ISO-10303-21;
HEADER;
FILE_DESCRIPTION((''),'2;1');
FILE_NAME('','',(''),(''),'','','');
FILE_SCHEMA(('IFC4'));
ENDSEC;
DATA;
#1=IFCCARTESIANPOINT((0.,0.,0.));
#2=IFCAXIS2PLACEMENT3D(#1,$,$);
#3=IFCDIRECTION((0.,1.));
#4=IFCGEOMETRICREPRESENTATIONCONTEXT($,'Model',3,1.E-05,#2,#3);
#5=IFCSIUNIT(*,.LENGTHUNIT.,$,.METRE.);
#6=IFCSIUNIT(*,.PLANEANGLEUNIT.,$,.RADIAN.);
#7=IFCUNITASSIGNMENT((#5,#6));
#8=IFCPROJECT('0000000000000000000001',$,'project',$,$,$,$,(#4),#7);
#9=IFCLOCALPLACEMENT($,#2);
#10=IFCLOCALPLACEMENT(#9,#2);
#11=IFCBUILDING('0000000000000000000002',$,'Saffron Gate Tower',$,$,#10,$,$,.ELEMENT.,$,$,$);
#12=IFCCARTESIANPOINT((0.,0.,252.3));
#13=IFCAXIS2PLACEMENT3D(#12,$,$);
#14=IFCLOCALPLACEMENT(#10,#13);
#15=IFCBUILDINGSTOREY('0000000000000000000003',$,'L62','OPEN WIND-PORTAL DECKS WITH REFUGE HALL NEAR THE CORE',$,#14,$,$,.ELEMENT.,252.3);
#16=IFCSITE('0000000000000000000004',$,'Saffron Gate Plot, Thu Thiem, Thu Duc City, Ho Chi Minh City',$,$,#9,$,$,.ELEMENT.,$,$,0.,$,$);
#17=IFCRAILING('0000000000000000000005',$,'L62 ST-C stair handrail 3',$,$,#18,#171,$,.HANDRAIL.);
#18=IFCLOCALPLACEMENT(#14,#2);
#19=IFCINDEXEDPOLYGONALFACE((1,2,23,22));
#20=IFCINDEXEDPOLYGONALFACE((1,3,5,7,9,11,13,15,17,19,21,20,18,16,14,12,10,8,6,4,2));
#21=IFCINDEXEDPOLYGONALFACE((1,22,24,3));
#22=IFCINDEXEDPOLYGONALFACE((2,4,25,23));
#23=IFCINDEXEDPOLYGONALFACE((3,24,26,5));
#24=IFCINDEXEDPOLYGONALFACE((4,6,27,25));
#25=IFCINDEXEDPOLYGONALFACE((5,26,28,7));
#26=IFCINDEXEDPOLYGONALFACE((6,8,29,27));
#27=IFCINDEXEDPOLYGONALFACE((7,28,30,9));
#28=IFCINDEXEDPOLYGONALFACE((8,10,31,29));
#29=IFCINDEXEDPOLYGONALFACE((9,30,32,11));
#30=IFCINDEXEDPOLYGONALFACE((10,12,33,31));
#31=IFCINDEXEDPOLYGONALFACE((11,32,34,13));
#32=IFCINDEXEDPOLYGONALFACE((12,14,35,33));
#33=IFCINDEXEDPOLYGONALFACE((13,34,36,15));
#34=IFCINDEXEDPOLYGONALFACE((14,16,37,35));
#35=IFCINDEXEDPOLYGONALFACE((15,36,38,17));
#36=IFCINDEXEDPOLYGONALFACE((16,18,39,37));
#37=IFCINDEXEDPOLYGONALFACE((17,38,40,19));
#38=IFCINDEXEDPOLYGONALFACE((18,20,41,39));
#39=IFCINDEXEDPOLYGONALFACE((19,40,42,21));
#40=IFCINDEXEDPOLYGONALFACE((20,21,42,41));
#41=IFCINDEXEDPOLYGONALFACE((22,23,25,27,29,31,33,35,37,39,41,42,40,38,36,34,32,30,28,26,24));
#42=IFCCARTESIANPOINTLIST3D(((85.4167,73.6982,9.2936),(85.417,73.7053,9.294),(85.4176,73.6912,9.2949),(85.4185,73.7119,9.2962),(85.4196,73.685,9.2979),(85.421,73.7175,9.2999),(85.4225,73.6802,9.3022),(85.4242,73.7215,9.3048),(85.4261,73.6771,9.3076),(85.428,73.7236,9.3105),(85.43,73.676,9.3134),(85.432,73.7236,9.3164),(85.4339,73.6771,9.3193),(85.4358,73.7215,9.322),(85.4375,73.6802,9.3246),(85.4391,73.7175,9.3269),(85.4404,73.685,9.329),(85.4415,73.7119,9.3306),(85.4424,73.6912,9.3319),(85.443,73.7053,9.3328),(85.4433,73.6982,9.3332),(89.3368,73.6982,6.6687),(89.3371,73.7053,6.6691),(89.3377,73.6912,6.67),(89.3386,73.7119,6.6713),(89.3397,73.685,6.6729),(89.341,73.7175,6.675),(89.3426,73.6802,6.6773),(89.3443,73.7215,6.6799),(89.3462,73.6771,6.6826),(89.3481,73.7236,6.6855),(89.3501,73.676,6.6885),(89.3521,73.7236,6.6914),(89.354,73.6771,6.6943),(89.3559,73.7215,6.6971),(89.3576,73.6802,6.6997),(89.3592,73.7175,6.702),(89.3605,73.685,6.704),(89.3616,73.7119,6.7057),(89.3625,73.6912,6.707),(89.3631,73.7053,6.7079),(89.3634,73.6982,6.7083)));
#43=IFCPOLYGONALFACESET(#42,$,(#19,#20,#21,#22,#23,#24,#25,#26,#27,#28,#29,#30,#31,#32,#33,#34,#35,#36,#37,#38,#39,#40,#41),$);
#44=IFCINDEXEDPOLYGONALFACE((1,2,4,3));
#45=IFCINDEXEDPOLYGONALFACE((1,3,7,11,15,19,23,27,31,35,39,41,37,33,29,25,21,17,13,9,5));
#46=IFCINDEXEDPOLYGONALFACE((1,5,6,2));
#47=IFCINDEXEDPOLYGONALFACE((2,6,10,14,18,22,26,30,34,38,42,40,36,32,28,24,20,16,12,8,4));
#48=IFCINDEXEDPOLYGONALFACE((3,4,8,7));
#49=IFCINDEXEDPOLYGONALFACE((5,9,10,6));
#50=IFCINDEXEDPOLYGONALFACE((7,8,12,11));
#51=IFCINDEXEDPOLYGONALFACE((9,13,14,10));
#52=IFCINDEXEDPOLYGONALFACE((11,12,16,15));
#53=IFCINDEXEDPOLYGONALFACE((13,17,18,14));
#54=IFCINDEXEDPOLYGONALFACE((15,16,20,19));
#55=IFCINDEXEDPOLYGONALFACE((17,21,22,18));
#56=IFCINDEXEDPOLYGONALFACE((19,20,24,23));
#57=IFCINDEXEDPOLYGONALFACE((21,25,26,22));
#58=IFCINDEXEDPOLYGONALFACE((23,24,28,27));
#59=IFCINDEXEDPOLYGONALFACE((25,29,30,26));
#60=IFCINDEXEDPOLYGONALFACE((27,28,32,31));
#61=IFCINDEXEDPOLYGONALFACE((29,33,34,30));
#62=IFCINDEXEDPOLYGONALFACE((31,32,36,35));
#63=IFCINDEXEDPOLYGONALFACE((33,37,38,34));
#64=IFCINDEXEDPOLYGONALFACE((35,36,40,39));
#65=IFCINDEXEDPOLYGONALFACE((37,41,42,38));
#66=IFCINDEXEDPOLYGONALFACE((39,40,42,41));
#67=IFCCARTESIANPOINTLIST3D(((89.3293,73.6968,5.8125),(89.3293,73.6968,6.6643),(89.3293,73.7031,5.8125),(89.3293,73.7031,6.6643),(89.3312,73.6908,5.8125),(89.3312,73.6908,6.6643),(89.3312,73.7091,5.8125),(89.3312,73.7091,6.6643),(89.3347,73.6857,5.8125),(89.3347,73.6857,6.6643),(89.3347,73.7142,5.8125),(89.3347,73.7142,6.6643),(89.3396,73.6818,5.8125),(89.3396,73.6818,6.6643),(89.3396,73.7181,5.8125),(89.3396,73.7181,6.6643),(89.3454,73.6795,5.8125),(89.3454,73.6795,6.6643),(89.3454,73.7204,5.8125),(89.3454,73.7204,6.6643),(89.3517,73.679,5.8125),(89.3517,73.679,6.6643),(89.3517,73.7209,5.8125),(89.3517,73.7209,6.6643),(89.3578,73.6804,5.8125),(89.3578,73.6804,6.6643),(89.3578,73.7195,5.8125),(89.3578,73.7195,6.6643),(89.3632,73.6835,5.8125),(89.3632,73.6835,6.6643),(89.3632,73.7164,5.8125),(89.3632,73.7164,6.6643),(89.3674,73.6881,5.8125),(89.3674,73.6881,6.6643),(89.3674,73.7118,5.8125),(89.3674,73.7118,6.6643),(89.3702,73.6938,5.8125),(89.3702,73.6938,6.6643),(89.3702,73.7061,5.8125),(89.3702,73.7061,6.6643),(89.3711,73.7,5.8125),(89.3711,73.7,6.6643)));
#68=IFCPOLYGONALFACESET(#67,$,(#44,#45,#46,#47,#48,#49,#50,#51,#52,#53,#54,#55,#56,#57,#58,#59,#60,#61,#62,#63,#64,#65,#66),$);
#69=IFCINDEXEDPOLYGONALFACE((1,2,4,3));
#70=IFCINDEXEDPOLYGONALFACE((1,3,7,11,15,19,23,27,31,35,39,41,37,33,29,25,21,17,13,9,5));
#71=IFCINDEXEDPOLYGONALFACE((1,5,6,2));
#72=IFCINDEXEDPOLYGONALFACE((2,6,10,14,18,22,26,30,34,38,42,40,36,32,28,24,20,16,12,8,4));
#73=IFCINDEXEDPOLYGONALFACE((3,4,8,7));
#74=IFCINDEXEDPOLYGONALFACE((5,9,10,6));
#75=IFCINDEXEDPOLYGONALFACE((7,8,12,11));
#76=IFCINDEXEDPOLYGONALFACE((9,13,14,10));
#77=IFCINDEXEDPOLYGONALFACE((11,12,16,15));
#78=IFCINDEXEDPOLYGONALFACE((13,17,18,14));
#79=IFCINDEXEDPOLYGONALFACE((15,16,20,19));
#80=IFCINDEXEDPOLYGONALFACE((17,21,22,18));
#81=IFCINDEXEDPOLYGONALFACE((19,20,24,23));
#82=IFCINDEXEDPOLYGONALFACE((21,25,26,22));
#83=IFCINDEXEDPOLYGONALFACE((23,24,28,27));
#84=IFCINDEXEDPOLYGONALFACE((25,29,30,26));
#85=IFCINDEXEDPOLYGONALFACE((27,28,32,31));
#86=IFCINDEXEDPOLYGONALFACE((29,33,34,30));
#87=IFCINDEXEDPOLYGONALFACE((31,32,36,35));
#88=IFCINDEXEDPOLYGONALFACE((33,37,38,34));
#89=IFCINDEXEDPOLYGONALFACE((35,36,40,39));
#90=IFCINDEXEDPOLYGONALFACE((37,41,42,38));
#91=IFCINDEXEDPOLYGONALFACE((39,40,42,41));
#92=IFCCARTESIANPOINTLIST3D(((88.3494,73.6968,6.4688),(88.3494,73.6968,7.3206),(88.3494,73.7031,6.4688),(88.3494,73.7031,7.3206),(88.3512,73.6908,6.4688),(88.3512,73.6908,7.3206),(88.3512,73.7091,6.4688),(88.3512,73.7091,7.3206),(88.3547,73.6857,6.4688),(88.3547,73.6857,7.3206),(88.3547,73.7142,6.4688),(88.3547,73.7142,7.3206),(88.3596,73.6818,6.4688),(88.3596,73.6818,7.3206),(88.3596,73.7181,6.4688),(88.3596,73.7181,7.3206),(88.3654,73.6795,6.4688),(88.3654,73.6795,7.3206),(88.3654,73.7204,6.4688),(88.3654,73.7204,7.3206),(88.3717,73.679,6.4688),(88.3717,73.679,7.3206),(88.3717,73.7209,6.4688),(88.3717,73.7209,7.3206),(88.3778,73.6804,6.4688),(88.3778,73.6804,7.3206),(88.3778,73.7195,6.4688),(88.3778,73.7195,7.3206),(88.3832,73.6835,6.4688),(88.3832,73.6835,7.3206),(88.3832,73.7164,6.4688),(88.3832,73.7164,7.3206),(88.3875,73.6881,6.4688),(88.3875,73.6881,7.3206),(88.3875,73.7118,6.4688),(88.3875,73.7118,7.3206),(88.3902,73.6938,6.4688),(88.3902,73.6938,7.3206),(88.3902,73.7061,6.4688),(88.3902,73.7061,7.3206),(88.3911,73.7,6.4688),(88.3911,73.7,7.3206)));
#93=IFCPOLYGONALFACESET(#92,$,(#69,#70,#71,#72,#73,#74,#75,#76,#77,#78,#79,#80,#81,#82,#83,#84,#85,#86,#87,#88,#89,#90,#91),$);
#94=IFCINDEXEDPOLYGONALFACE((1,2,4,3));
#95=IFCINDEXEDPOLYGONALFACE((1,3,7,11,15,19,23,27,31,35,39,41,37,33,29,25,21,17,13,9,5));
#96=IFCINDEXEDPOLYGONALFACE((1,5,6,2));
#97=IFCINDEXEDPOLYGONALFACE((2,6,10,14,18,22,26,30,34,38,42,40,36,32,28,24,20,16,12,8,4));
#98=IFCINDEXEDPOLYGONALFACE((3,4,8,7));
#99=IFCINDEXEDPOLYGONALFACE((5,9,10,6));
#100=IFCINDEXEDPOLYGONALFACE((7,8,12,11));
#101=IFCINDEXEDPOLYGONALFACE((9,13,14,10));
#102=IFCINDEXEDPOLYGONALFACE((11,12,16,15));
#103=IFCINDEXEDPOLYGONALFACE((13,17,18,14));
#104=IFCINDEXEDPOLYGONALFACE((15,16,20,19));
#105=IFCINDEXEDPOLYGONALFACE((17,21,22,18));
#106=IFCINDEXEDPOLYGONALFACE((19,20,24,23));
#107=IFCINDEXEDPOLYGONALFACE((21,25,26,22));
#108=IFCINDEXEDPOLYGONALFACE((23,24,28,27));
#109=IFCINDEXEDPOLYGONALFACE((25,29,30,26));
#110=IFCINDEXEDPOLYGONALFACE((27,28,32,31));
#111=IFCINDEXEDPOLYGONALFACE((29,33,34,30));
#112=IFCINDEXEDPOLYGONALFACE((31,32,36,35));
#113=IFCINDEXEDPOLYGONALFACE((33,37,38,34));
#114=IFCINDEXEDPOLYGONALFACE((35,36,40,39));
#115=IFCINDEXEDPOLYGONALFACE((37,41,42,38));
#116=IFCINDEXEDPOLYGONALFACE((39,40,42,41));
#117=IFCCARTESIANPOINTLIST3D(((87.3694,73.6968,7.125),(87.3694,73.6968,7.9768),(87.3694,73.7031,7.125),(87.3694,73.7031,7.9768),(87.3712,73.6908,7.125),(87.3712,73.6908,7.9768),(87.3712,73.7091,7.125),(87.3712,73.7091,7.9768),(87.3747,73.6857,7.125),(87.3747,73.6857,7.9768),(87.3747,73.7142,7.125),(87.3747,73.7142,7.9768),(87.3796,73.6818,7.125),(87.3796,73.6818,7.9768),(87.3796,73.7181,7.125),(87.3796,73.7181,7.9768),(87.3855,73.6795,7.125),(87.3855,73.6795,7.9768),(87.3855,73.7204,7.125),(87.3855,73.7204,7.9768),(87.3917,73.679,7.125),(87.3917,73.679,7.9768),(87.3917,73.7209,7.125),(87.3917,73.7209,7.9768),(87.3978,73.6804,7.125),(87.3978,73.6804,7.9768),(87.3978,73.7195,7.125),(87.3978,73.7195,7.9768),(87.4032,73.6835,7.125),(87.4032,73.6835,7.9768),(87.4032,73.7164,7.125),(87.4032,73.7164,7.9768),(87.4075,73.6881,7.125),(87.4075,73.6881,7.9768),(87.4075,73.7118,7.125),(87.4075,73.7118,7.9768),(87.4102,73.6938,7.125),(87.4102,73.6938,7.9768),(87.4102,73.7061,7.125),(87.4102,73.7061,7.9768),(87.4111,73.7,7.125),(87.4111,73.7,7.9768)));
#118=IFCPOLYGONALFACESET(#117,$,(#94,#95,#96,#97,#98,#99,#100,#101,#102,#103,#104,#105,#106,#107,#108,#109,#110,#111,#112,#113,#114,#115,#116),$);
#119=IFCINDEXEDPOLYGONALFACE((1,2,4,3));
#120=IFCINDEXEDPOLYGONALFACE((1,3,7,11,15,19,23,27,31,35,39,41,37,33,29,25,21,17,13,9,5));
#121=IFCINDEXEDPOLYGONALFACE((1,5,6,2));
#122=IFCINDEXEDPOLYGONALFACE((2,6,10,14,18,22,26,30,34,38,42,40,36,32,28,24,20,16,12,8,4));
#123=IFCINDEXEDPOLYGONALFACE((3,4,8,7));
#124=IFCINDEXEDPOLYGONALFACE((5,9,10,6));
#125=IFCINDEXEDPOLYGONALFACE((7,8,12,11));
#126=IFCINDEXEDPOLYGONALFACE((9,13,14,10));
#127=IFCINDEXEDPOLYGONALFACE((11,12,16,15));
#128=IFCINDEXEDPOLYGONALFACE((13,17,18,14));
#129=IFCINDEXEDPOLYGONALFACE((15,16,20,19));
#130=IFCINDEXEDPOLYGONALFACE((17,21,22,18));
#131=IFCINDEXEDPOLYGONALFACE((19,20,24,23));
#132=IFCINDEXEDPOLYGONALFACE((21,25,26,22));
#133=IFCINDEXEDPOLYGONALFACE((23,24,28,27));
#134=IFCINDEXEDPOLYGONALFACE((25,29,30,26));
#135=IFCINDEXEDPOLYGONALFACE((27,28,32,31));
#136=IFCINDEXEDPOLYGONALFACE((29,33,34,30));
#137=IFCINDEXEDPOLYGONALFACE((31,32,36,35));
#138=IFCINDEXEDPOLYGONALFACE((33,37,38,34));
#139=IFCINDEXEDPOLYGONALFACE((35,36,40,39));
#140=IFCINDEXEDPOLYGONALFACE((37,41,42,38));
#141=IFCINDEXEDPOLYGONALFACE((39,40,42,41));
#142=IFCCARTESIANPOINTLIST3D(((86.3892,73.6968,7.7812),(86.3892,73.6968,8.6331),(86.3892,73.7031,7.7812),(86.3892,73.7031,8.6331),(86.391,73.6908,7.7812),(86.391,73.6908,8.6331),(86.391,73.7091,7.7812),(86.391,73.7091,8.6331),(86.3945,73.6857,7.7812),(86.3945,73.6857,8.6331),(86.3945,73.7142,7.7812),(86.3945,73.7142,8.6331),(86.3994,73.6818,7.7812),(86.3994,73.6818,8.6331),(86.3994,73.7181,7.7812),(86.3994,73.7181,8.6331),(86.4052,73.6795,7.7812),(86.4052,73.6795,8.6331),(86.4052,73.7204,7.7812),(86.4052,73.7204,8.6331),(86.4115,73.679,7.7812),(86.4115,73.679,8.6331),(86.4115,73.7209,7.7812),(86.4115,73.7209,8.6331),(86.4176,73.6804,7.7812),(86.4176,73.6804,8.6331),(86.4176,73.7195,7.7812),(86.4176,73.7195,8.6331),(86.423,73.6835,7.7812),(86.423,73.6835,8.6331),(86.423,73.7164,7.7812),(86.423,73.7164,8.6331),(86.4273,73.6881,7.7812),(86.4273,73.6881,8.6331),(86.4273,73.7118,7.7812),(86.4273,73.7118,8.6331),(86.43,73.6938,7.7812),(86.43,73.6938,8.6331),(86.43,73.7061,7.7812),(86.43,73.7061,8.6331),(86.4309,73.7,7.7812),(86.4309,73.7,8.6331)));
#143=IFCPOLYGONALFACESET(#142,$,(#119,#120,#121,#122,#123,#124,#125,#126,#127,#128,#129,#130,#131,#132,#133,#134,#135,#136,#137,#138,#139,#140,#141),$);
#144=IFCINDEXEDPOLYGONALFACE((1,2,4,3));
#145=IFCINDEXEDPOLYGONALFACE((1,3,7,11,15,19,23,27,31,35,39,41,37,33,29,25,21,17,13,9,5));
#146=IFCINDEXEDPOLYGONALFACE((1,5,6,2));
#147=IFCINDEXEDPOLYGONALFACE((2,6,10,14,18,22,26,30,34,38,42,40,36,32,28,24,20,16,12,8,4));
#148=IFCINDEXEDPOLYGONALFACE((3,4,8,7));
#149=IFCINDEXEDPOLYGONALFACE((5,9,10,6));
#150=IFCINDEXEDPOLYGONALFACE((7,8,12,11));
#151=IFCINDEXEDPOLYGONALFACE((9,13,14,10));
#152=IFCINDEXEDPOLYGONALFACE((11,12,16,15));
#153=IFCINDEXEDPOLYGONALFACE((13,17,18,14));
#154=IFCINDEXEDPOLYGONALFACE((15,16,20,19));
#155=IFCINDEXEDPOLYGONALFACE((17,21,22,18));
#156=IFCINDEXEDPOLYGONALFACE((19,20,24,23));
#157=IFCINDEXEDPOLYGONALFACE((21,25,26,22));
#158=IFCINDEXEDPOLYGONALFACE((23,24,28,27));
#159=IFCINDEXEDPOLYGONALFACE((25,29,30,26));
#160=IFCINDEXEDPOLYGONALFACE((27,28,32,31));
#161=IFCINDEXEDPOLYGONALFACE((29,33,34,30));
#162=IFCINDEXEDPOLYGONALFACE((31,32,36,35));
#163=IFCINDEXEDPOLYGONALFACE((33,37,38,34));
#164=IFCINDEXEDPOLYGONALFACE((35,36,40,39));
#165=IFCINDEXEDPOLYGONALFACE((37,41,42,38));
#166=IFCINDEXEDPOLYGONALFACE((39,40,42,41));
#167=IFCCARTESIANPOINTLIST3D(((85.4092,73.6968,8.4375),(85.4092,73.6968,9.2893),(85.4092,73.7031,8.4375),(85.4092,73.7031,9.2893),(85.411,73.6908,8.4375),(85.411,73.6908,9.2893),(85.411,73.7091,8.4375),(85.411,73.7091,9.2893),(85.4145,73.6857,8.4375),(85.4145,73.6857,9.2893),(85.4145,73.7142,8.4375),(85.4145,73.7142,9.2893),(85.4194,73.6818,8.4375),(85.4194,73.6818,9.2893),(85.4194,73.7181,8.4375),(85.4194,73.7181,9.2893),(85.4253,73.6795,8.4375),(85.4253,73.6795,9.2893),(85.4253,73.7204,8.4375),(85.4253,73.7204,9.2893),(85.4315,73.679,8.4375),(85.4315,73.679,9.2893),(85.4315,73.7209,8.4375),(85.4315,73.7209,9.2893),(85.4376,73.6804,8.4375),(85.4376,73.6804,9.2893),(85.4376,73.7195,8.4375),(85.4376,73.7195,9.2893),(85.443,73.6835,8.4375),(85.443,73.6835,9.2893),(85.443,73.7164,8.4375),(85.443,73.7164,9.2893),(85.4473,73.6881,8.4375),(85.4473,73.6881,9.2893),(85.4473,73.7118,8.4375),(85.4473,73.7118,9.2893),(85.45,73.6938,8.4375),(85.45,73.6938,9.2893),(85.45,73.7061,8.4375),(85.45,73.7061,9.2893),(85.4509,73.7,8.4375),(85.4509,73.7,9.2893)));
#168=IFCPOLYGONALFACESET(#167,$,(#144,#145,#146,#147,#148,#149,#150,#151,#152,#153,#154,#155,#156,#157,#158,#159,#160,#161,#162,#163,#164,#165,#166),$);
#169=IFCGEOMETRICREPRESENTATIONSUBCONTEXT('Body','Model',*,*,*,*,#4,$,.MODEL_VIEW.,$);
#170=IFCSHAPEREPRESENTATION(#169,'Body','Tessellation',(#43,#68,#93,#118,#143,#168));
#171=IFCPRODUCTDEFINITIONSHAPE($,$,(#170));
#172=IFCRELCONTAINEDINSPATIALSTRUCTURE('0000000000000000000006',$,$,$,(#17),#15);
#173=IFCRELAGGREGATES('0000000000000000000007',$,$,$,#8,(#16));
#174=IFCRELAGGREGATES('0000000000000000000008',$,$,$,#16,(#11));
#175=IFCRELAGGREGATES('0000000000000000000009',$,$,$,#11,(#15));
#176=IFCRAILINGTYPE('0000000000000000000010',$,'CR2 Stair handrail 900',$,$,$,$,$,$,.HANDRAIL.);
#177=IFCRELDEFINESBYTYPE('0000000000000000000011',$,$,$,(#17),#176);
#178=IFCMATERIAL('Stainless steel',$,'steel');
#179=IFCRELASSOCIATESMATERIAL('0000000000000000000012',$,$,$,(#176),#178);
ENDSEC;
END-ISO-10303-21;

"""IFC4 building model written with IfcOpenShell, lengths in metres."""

from ifc_helpers import new_model, si_unit, direction, frame, origin, origin_2d, place, context, subcontext, project, spatial, circle, extrude, material, type_object, element, save


model = new_model("IFC4")

# Units and contexts
model_context = context("Model", 3, precision=1e-05, world=origin(), true_north=direction((0.0, 1.0)))
body_context = subcontext(model_context, "Body", "Model", "MODEL_VIEW")
ifc_project = project(units=[si_unit("LENGTHUNIT", "METRE"), si_unit("PLANEANGLEUNIT", "RADIAN")], contexts=[model_context])

# Site, building, storey
site_placement = place(None, origin())
site = spatial("IfcSite", under=ifc_project, at=site_placement, Name="Saffron Gate Plot, Thu Thiem, Thu Duc City, Ho Chi Minh City", CompositionType="ELEMENT", RefElevation=0.0)
building_placement = place(site_placement, origin())
building = spatial("IfcBuilding", under=site, at=building_placement, Name="Saffron Gate Tower", CompositionType="ELEMENT")
storey_placement = place(building_placement, frame((0.0, 0.0, 252.3)))
storey = spatial("IfcBuildingStorey", under=building, at=storey_placement, Name="L62", Description="OPEN WIND-PORTAL DECKS WITH REFUGE HALL NEAR THE CORE", CompositionType="ELEMENT", Elevation=252.3)

# Railing
ifc_material_1 = material(Name="Stainless steel", Category="steel")
railing_type = type_object("IfcRailingType", Name="CR2 Stair handrail 900", PredefinedType="HANDRAIL", material=ifc_material_1)
railing_1_placement = place(storey_placement, frame((89.3501, 73.7, 5.8125)))
element("IfcRailing", 1, at=railing_1_placement, inside=storey, type_object=railing_type, Name="L62 ST-C stair handrail 3", PredefinedType="HANDRAIL", context=body_context, shape_type="SweptSolid", body=[
    extrude(circle(Radius=0.0239, at=origin_2d()), frame((0.0, 0.0, 0.876), z_axis=(-0.830918, 0.0, 0.556395), x_axis=(0.0, -1.0, 0.0)), (0.0, 0.0, 1.0), 4.7178),
    extrude(circle(Radius=0.021, at=origin_2d()), origin(), (0.0, 0.0, 1.0), 0.8518),
    extrude(circle(Radius=0.021, at=origin_2d()), frame((-0.98, 0.0, 0.6562)), (0.0, 0.0, 1.0), 0.8518),
    extrude(circle(Radius=0.021, at=origin_2d()), frame((-1.96, 0.0, 1.3125)), (0.0, 0.0, 1.0), 0.8518),
    extrude(circle(Radius=0.021, at=origin_2d()), frame((-2.9402, 0.0, 1.9688)), (0.0, 0.0, 1.0), 0.8518),
    extrude(circle(Radius=0.021, at=origin_2d()), frame((-3.9202, 0.0, 2.625)), (0.0, 0.0, 1.0), 0.8518),
])

save(model, "model.ifc")
